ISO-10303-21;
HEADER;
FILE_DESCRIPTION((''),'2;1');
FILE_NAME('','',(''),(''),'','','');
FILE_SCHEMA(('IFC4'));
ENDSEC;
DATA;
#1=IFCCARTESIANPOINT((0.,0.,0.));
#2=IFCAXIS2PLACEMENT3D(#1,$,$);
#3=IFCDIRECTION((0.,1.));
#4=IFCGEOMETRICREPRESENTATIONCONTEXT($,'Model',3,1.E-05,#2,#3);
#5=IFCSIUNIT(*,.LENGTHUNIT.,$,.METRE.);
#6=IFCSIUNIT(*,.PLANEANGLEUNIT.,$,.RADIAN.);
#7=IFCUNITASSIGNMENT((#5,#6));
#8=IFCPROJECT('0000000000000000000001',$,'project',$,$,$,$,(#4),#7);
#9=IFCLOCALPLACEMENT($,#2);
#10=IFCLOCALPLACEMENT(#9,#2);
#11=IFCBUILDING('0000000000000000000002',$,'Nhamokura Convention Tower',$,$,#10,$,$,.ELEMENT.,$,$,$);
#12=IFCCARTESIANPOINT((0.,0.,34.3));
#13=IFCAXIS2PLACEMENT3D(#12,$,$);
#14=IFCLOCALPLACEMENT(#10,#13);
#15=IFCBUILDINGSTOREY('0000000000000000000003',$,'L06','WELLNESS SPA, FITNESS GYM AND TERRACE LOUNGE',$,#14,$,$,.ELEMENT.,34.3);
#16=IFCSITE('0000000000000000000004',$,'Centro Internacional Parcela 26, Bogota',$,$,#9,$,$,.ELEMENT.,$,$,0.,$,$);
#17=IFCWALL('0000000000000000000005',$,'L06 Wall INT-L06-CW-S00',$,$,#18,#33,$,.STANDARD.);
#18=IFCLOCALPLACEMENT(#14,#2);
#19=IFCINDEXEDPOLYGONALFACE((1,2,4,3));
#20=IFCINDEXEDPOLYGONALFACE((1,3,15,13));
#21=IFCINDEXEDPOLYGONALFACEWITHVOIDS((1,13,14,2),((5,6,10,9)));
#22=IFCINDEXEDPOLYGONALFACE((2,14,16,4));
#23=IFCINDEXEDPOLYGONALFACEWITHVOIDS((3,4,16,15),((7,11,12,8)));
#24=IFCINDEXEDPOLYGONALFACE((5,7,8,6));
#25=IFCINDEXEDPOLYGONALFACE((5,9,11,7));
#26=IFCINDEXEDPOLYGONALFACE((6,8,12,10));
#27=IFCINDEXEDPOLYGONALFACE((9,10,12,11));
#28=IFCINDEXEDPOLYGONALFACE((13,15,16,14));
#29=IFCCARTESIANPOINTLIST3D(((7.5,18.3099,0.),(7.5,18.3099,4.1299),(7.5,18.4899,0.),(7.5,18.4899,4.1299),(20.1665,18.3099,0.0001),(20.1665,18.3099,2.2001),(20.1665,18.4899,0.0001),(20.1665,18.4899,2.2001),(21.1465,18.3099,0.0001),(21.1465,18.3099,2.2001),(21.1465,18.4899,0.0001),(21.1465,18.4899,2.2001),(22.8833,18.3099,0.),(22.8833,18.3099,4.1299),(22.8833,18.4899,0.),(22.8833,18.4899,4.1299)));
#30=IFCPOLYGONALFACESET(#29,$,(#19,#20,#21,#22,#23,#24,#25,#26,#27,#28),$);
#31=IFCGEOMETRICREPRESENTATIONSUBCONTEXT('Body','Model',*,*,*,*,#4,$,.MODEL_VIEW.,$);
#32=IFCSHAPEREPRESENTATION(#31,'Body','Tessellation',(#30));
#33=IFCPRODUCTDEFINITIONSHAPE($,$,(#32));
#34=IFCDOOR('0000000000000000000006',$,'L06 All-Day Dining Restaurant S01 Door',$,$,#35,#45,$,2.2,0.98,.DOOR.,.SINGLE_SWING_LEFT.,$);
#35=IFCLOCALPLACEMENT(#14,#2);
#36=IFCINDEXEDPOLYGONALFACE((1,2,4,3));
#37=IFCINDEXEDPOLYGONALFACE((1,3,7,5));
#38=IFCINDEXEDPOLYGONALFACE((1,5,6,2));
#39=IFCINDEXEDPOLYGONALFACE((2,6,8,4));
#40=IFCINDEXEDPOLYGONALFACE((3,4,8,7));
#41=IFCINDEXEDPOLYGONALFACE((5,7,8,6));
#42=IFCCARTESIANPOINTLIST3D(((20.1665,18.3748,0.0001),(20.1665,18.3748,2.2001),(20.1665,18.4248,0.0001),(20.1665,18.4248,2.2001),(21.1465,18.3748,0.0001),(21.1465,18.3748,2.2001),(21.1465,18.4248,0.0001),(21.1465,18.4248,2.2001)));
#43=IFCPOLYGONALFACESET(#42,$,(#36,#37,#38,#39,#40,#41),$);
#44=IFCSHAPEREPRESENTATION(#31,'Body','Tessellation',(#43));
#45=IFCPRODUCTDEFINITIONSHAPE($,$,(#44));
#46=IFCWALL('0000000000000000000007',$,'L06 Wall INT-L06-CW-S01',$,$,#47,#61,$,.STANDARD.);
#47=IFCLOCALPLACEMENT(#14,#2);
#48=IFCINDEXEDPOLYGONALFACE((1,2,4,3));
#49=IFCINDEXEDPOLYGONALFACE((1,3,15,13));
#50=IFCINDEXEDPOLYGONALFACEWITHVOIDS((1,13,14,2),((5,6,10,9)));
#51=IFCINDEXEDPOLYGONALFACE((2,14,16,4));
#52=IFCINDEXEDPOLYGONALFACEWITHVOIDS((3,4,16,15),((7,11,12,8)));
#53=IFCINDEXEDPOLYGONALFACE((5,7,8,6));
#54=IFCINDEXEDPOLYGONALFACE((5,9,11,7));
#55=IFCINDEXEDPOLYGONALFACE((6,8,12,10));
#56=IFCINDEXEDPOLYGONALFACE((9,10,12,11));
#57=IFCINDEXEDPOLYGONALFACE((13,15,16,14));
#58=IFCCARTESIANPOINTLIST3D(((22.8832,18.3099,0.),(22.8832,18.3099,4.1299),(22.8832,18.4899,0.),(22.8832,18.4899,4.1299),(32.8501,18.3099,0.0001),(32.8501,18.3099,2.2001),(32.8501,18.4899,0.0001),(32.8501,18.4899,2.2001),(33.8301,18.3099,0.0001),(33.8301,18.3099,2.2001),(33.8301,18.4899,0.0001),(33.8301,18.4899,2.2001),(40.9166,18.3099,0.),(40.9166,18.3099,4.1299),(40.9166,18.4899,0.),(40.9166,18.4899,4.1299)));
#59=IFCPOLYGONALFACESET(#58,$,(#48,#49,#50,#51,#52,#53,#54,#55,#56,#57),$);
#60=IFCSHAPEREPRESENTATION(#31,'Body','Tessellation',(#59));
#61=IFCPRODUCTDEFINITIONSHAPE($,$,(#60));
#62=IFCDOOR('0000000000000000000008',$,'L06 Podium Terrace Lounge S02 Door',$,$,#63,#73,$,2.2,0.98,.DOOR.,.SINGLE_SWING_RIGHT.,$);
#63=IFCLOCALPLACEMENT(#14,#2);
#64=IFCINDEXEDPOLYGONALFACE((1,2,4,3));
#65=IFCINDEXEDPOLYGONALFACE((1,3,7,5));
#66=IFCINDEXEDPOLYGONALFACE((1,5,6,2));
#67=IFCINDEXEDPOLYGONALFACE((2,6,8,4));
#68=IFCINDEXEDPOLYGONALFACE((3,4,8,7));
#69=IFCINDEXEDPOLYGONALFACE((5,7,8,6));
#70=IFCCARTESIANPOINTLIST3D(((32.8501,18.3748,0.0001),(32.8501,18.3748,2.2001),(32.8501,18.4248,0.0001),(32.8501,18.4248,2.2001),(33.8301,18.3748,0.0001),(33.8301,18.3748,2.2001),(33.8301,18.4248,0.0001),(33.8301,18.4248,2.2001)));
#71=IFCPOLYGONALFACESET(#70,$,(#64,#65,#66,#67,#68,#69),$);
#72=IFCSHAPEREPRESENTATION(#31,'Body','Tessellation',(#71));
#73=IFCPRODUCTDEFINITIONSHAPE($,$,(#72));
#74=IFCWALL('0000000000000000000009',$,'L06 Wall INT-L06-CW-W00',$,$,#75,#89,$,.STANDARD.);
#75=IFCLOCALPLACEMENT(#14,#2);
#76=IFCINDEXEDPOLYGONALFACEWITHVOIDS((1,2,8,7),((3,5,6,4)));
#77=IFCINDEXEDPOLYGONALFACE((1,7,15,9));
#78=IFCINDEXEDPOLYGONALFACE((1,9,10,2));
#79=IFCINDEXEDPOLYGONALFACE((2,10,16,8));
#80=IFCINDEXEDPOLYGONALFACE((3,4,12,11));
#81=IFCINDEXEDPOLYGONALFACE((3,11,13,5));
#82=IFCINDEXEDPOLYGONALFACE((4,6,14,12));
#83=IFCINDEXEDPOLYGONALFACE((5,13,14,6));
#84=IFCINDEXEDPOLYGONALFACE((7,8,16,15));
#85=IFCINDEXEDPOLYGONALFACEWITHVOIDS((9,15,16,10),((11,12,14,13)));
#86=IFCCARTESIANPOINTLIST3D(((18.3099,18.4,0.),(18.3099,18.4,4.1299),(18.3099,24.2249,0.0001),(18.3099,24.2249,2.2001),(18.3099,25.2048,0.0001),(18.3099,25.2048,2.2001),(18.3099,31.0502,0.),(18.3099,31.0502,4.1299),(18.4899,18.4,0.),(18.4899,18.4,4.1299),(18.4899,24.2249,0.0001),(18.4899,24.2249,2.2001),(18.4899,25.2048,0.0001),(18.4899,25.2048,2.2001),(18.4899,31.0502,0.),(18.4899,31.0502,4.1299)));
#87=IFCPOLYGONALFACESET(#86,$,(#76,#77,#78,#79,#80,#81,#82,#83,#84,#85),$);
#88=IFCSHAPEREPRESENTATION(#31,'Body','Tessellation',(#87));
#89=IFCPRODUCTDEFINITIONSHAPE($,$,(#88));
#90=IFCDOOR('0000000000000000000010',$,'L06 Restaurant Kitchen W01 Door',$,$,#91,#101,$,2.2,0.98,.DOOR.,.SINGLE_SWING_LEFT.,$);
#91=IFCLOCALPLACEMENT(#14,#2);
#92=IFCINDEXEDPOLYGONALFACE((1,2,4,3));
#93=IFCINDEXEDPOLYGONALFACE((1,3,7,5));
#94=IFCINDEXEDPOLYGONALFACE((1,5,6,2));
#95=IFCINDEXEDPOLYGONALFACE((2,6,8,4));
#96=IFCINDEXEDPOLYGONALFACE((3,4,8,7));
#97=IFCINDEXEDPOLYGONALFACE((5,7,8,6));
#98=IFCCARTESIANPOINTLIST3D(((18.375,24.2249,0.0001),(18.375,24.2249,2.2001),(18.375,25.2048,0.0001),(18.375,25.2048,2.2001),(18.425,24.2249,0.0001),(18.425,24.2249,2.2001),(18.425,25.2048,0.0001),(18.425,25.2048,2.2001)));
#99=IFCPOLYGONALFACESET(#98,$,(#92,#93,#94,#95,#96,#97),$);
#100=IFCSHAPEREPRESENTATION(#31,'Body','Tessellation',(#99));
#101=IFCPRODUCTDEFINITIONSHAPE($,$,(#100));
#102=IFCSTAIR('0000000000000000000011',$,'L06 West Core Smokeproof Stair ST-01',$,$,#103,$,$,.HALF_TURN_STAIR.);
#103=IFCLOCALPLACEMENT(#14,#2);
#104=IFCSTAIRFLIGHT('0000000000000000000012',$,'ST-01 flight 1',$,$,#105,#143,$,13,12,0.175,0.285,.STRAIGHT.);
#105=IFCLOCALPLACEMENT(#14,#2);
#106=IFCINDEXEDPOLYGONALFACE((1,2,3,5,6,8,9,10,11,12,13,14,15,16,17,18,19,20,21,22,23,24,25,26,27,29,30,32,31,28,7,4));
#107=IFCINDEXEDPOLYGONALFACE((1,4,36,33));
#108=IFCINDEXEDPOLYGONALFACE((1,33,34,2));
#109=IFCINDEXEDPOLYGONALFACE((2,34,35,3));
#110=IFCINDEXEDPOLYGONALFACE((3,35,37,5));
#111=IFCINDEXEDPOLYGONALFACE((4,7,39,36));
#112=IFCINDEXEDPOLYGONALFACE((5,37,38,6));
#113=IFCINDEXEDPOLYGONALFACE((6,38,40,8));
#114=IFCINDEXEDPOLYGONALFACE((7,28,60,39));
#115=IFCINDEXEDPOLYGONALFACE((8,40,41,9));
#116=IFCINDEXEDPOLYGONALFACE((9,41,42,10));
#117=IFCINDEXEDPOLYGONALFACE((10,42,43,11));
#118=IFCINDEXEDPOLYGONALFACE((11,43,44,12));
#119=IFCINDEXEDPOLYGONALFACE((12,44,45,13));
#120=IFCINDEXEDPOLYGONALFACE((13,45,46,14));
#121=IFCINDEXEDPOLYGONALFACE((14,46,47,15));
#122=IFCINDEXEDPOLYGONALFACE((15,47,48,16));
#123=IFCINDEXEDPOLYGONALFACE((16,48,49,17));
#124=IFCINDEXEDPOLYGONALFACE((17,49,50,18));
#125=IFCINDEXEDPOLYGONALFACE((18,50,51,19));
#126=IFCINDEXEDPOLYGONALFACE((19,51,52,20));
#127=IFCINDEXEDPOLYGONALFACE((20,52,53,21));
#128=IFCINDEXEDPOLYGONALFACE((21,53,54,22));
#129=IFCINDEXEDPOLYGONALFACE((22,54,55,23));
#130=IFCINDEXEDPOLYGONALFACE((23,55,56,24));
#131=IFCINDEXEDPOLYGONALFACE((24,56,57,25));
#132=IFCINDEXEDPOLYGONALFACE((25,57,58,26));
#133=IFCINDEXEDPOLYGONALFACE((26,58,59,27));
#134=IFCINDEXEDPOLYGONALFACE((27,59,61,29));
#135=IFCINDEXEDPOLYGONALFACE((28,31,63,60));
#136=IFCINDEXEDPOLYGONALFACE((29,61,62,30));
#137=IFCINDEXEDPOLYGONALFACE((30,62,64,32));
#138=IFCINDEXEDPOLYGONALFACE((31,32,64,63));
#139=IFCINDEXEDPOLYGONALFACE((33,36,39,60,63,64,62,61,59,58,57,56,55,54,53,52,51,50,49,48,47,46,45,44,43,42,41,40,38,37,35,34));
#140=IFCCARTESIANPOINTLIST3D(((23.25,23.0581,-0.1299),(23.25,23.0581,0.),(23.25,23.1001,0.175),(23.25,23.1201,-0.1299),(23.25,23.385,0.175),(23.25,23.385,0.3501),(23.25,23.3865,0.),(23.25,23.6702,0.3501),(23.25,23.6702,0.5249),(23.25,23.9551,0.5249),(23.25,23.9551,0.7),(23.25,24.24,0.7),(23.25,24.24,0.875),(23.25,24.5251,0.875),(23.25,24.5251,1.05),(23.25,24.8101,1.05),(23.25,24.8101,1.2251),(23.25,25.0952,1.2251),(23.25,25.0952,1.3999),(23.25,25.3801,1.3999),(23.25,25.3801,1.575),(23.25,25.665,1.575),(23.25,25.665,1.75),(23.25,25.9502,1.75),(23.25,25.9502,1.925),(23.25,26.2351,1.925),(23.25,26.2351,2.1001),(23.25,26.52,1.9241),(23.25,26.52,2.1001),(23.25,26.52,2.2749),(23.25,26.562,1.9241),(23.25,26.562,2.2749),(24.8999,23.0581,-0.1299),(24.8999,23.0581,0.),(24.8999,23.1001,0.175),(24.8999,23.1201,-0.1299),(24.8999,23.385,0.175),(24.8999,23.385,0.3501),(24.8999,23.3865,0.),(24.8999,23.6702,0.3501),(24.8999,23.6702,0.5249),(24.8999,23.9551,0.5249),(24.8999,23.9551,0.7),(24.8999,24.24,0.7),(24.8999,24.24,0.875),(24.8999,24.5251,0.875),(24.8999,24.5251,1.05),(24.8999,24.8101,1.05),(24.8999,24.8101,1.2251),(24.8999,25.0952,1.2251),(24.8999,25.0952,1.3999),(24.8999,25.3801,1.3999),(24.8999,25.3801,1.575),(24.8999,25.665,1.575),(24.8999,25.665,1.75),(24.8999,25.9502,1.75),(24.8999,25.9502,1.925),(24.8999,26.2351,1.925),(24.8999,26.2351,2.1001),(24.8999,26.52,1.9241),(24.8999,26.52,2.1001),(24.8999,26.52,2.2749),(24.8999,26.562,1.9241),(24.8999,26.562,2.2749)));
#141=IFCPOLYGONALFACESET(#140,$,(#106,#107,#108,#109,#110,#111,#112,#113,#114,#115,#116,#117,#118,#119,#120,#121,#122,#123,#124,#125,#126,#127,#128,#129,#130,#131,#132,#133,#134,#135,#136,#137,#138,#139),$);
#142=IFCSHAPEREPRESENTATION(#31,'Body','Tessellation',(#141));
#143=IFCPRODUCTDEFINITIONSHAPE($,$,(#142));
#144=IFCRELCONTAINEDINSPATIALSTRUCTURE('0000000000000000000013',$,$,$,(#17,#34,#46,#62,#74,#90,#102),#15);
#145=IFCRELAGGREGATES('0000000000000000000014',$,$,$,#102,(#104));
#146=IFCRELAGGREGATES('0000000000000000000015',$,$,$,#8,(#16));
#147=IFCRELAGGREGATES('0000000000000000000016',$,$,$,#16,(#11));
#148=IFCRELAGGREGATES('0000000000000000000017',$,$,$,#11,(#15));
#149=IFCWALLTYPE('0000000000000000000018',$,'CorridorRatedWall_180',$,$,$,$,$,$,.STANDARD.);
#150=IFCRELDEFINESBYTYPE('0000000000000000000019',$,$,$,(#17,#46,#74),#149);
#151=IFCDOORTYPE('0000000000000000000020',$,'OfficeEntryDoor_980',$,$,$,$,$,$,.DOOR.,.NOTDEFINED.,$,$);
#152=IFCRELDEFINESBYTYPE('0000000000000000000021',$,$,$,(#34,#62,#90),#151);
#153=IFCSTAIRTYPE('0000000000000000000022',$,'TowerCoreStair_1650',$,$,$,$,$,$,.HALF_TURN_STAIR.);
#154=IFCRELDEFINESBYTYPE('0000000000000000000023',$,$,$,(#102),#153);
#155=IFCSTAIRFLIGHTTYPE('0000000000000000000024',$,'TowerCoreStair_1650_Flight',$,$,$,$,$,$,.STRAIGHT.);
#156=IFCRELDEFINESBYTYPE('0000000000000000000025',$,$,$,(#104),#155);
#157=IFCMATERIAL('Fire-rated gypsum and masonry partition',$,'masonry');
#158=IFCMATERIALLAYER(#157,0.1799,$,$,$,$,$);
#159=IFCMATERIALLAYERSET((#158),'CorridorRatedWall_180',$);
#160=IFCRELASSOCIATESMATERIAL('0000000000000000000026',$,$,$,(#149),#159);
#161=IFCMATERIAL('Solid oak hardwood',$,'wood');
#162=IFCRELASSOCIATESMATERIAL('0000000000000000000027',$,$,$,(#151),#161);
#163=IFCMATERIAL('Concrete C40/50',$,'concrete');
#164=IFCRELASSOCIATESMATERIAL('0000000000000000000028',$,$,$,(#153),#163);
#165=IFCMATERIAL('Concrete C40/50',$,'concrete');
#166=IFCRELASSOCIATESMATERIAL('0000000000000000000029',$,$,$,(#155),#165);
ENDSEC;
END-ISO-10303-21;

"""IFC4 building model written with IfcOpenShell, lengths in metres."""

from ifc_helpers import new_model, si_unit, direction, frame, frame_2d, origin, place, context, subcontext, project, spatial, polyline, rectangle, outline, extrude, material, layer, layer_set, type_object, element, fill, aggregate, save


model = new_model("IFC4")

# Units and contexts
model_context = context("Model", 3, precision=1e-05, world=origin(), true_north=direction((0.0, 1.0)))
body_context = subcontext(model_context, "Body", "Model", "MODEL_VIEW")
ifc_project = project(units=[si_unit("LENGTHUNIT", "METRE"), si_unit("PLANEANGLEUNIT", "RADIAN")], contexts=[model_context])

# Site, building, storey
site_placement = place(None, origin())
site = spatial("IfcSite", under=ifc_project, at=site_placement, Name="Centro Internacional Parcela 26, Bogota", CompositionType="ELEMENT", RefElevation=0.0)
building_placement = place(site_placement, origin())
building = spatial("IfcBuilding", under=site, at=building_placement, Name="Nhamokura Convention Tower", CompositionType="ELEMENT")
storey_placement = place(building_placement, frame((0.0, 0.0, 34.3)))
storey = spatial("IfcBuildingStorey", under=building, at=storey_placement, Name="L06", Description="WELLNESS SPA, FITNESS GYM AND TERRACE LOUNGE", CompositionType="ELEMENT", Elevation=34.3)

# Walls, openings, doors
ifc_material_1 = material(Name="Fire-rated gypsum and masonry partition", Category="masonry")
ifc_layer_1 = layer(ifc_material_1, 0.1799)
ifc_layer_set_1 = layer_set([ifc_layer_1], Name="CorridorRatedWall_180")
wall_type_1 = type_object("IfcWallType", Name="CorridorRatedWall_180", PredefinedType="STANDARD", material=ifc_layer_set_1)
wall_1_placement = place(storey_placement, frame((7.5, 18.3999, 0.0), z_axis=(0.0, 0.0, 1.0), x_axis=(1.0, 0.0, 0.0)))
wall_1 = element("IfcWall", 1, at=wall_1_placement, inside=storey, type_object=wall_type_1, Name="L06 Wall INT-L06-CW-S00", PredefinedType="STANDARD", context=body_context, shape_type="SweptSolid", body=[
    extrude(rectangle(XDim=15.3833, YDim=0.1799, at=frame_2d((7.6917, 0.0))), origin(), (0.0, 0.0, 1.0), 4.1299),
])
opening_1_placement = place(wall_1_placement, frame((12.6665, 0.0, 0.0)))
opening_1 = element("IfcOpeningElement", 2, at=opening_1_placement, cuts=wall_1, PredefinedType="OPENING", context=body_context, shape_type="SweptSolid", body=[
    extrude(rectangle(XDim=0.98, YDim=2.2, at=frame_2d((0.49, 1.1001))), frame((0.0, 0.0999, 0.0), z_axis=(0.0, -1.0, 0.0), x_axis=(1.0, 0.0, 0.0)), (0.0, 0.0, 1.0), 0.2),
])
ifc_material_2 = material(Name="Solid oak hardwood", Category="wood")
door_type_1 = type_object("IfcDoorType", Name="OfficeEntryDoor_980", OperationType="NOTDEFINED", PredefinedType="DOOR", material=ifc_material_2)
door_1_placement = place(opening_1_placement, origin())
door_1 = element("IfcDoor", 3, at=door_1_placement, inside=storey, type_object=door_type_1, Name="L06 All-Day Dining Restaurant S01 Door", OperationType="SINGLE_SWING_LEFT", OverallHeight=2.2, OverallWidth=0.98, PredefinedType="DOOR", context=body_context, shape_type="SweptSolid", body=[
    extrude(rectangle(XDim=0.98, YDim=2.2, at=frame_2d((0.49, 1.1001))), frame((0.0, 0.0249, 0.0), z_axis=(0.0, -1.0, 0.0), x_axis=(1.0, 0.0, 0.0)), (0.0, 0.0, 1.0), 0.05),
])
fill(opening_1, door_1)
wall_2_placement = place(storey_placement, frame((22.8833, 18.3999, 0.0), z_axis=(0.0, 0.0, 1.0), x_axis=(1.0, 0.0, 0.0)))
wall_2 = element("IfcWall", 4, at=wall_2_placement, inside=storey, type_object=wall_type_1, Name="L06 Wall INT-L06-CW-S01", PredefinedType="STANDARD", context=body_context, shape_type="SweptSolid", body=[
    extrude(rectangle(XDim=18.0334, YDim=0.1799, at=frame_2d((9.0166, 0.0))), origin(), (0.0, 0.0, 1.0), 4.1299),
])
opening_2_placement = place(wall_2_placement, frame((9.9668, 0.0, 0.0)))
opening_2 = element("IfcOpeningElement", 5, at=opening_2_placement, cuts=wall_2, PredefinedType="OPENING", context=body_context, shape_type="SweptSolid", body=[
    extrude(rectangle(XDim=0.98, YDim=2.2, at=frame_2d((0.49, 1.1001))), frame((0.0, 0.0999, 0.0), z_axis=(0.0, -1.0, 0.0), x_axis=(1.0, 0.0, 0.0)), (0.0, 0.0, 1.0), 0.2),
])
door_2_placement = place(opening_2_placement, origin())
door_2 = element("IfcDoor", 6, at=door_2_placement, inside=storey, type_object=door_type_1, Name="L06 Podium Terrace Lounge S02 Door", OperationType="SINGLE_SWING_RIGHT", OverallHeight=2.2, OverallWidth=0.98, PredefinedType="DOOR", context=body_context, shape_type="SweptSolid", body=[
    extrude(rectangle(XDim=0.98, YDim=2.2, at=frame_2d((0.49, 1.1001))), frame((0.0, 0.0249, 0.0), z_axis=(0.0, -1.0, 0.0), x_axis=(1.0, 0.0, 0.0)), (0.0, 0.0, 1.0), 0.05),
])
fill(opening_2, door_2)
wall_3_placement = place(storey_placement, frame((18.3999, 18.3999, 0.0), z_axis=(0.0, 0.0, 1.0), x_axis=(0.0, 1.0, 0.0)))
wall_3 = element("IfcWall", 7, at=wall_3_placement, inside=storey, type_object=wall_type_1, Name="L06 Wall INT-L06-CW-W00", PredefinedType="STANDARD", context=body_context, shape_type="SweptSolid", body=[
    extrude(rectangle(XDim=12.6501, YDim=0.1799, at=frame_2d((6.3252, 0.0))), origin(), (0.0, 0.0, 1.0), 4.1299),
])
opening_3_placement = place(wall_3_placement, frame((5.825, 0.0, 0.0)))
opening_3 = element("IfcOpeningElement", 8, at=opening_3_placement, cuts=wall_3, PredefinedType="OPENING", context=body_context, shape_type="SweptSolid", body=[
    extrude(rectangle(XDim=0.98, YDim=2.2, at=frame_2d((0.49, 1.1001))), frame((0.0, 0.0999, 0.0), z_axis=(0.0, -1.0, 0.0), x_axis=(1.0, 0.0, 0.0)), (0.0, 0.0, 1.0), 0.2),
])
door_3_placement = place(opening_3_placement, origin())
door_3 = element("IfcDoor", 9, at=door_3_placement, inside=storey, type_object=door_type_1, Name="L06 Restaurant Kitchen W01 Door", OperationType="SINGLE_SWING_LEFT", OverallHeight=2.2, OverallWidth=0.98, PredefinedType="DOOR", context=body_context, shape_type="SweptSolid", body=[
    extrude(rectangle(XDim=0.98, YDim=2.2, at=frame_2d((0.49, 1.1001))), frame((0.0, 0.0249, 0.0), z_axis=(0.0, -1.0, 0.0), x_axis=(1.0, 0.0, 0.0)), (0.0, 0.0, 1.0), 0.05),
])
fill(opening_3, door_3)

# Stair, stair flight
ifc_material_3 = material(Name="Concrete C40/50", Category="concrete")
stair_type = type_object("IfcStairType", Name="TowerCoreStair_1650", PredefinedType="HALF_TURN_STAIR", material=ifc_material_3)
stair_placement = place(storey_placement, origin())
stair = element("IfcStair", 10, at=stair_placement, inside=storey, type_object=stair_type, Name="L06 West Core Smokeproof Stair ST-01", PredefinedType="HALF_TURN_STAIR")
ifc_material_4 = material(Name="Concrete C40/50", Category="concrete")
stair_flight_type = type_object("IfcStairFlightType", Name="TowerCoreStair_1650_Flight", PredefinedType="STRAIGHT", material=ifc_material_4)
stair_flight_placement = place(storey_placement, frame((24.075, 23.1001, 0.0), z_axis=(0.0, 0.0, 1.0), x_axis=(0.0, 1.0, 0.0)))
stair_flight = element("IfcStairFlight", 11, at=stair_flight_placement, type_object=stair_flight_type, Name="ST-01 flight 1", NumberOfRisers=13, NumberOfTreads=12, PredefinedType="STRAIGHT", RiserHeight=0.175, TreadLength=0.285, context=body_context, shape_type="SweptSolid", body=[
    extrude(outline(polyline([(-0.042, 0.0), (0.0, 0.175), (0.2849, 0.175), (0.2849, 0.3501), (0.5701, 0.3501), (0.5701, 0.5249), (0.855, 0.5249), (0.855, 0.7), (1.1399, 0.7), (1.1399, 0.875), (1.425, 0.875), (1.425, 1.05), (1.71, 1.05), (1.71, 1.2251), (1.9951, 1.2251), (1.9951, 1.3999), (2.28, 1.3999), (2.28, 1.575), (2.5649, 1.575), (2.5649, 1.75), (2.8501, 1.75), (2.8501, 1.925), (3.135, 1.925), (3.135, 2.1001), (3.4199, 2.1001), (3.4199, 2.2749), (3.4619, 2.2749), (3.4619, 1.9241), (3.4199, 1.9241), (0.2864, 0.0), (0.02, -0.1299), (-0.042, -0.1299), (-0.042, 0.0)])), frame((0.0, 0.825, 0.0), z_axis=(0.0, -1.0, 0.0), x_axis=(1.0, 0.0, 0.0)), (0.0, 0.0, 1.0), 1.6499),
])
aggregate(stair, [stair_flight])

save(model, "model.ifc")
